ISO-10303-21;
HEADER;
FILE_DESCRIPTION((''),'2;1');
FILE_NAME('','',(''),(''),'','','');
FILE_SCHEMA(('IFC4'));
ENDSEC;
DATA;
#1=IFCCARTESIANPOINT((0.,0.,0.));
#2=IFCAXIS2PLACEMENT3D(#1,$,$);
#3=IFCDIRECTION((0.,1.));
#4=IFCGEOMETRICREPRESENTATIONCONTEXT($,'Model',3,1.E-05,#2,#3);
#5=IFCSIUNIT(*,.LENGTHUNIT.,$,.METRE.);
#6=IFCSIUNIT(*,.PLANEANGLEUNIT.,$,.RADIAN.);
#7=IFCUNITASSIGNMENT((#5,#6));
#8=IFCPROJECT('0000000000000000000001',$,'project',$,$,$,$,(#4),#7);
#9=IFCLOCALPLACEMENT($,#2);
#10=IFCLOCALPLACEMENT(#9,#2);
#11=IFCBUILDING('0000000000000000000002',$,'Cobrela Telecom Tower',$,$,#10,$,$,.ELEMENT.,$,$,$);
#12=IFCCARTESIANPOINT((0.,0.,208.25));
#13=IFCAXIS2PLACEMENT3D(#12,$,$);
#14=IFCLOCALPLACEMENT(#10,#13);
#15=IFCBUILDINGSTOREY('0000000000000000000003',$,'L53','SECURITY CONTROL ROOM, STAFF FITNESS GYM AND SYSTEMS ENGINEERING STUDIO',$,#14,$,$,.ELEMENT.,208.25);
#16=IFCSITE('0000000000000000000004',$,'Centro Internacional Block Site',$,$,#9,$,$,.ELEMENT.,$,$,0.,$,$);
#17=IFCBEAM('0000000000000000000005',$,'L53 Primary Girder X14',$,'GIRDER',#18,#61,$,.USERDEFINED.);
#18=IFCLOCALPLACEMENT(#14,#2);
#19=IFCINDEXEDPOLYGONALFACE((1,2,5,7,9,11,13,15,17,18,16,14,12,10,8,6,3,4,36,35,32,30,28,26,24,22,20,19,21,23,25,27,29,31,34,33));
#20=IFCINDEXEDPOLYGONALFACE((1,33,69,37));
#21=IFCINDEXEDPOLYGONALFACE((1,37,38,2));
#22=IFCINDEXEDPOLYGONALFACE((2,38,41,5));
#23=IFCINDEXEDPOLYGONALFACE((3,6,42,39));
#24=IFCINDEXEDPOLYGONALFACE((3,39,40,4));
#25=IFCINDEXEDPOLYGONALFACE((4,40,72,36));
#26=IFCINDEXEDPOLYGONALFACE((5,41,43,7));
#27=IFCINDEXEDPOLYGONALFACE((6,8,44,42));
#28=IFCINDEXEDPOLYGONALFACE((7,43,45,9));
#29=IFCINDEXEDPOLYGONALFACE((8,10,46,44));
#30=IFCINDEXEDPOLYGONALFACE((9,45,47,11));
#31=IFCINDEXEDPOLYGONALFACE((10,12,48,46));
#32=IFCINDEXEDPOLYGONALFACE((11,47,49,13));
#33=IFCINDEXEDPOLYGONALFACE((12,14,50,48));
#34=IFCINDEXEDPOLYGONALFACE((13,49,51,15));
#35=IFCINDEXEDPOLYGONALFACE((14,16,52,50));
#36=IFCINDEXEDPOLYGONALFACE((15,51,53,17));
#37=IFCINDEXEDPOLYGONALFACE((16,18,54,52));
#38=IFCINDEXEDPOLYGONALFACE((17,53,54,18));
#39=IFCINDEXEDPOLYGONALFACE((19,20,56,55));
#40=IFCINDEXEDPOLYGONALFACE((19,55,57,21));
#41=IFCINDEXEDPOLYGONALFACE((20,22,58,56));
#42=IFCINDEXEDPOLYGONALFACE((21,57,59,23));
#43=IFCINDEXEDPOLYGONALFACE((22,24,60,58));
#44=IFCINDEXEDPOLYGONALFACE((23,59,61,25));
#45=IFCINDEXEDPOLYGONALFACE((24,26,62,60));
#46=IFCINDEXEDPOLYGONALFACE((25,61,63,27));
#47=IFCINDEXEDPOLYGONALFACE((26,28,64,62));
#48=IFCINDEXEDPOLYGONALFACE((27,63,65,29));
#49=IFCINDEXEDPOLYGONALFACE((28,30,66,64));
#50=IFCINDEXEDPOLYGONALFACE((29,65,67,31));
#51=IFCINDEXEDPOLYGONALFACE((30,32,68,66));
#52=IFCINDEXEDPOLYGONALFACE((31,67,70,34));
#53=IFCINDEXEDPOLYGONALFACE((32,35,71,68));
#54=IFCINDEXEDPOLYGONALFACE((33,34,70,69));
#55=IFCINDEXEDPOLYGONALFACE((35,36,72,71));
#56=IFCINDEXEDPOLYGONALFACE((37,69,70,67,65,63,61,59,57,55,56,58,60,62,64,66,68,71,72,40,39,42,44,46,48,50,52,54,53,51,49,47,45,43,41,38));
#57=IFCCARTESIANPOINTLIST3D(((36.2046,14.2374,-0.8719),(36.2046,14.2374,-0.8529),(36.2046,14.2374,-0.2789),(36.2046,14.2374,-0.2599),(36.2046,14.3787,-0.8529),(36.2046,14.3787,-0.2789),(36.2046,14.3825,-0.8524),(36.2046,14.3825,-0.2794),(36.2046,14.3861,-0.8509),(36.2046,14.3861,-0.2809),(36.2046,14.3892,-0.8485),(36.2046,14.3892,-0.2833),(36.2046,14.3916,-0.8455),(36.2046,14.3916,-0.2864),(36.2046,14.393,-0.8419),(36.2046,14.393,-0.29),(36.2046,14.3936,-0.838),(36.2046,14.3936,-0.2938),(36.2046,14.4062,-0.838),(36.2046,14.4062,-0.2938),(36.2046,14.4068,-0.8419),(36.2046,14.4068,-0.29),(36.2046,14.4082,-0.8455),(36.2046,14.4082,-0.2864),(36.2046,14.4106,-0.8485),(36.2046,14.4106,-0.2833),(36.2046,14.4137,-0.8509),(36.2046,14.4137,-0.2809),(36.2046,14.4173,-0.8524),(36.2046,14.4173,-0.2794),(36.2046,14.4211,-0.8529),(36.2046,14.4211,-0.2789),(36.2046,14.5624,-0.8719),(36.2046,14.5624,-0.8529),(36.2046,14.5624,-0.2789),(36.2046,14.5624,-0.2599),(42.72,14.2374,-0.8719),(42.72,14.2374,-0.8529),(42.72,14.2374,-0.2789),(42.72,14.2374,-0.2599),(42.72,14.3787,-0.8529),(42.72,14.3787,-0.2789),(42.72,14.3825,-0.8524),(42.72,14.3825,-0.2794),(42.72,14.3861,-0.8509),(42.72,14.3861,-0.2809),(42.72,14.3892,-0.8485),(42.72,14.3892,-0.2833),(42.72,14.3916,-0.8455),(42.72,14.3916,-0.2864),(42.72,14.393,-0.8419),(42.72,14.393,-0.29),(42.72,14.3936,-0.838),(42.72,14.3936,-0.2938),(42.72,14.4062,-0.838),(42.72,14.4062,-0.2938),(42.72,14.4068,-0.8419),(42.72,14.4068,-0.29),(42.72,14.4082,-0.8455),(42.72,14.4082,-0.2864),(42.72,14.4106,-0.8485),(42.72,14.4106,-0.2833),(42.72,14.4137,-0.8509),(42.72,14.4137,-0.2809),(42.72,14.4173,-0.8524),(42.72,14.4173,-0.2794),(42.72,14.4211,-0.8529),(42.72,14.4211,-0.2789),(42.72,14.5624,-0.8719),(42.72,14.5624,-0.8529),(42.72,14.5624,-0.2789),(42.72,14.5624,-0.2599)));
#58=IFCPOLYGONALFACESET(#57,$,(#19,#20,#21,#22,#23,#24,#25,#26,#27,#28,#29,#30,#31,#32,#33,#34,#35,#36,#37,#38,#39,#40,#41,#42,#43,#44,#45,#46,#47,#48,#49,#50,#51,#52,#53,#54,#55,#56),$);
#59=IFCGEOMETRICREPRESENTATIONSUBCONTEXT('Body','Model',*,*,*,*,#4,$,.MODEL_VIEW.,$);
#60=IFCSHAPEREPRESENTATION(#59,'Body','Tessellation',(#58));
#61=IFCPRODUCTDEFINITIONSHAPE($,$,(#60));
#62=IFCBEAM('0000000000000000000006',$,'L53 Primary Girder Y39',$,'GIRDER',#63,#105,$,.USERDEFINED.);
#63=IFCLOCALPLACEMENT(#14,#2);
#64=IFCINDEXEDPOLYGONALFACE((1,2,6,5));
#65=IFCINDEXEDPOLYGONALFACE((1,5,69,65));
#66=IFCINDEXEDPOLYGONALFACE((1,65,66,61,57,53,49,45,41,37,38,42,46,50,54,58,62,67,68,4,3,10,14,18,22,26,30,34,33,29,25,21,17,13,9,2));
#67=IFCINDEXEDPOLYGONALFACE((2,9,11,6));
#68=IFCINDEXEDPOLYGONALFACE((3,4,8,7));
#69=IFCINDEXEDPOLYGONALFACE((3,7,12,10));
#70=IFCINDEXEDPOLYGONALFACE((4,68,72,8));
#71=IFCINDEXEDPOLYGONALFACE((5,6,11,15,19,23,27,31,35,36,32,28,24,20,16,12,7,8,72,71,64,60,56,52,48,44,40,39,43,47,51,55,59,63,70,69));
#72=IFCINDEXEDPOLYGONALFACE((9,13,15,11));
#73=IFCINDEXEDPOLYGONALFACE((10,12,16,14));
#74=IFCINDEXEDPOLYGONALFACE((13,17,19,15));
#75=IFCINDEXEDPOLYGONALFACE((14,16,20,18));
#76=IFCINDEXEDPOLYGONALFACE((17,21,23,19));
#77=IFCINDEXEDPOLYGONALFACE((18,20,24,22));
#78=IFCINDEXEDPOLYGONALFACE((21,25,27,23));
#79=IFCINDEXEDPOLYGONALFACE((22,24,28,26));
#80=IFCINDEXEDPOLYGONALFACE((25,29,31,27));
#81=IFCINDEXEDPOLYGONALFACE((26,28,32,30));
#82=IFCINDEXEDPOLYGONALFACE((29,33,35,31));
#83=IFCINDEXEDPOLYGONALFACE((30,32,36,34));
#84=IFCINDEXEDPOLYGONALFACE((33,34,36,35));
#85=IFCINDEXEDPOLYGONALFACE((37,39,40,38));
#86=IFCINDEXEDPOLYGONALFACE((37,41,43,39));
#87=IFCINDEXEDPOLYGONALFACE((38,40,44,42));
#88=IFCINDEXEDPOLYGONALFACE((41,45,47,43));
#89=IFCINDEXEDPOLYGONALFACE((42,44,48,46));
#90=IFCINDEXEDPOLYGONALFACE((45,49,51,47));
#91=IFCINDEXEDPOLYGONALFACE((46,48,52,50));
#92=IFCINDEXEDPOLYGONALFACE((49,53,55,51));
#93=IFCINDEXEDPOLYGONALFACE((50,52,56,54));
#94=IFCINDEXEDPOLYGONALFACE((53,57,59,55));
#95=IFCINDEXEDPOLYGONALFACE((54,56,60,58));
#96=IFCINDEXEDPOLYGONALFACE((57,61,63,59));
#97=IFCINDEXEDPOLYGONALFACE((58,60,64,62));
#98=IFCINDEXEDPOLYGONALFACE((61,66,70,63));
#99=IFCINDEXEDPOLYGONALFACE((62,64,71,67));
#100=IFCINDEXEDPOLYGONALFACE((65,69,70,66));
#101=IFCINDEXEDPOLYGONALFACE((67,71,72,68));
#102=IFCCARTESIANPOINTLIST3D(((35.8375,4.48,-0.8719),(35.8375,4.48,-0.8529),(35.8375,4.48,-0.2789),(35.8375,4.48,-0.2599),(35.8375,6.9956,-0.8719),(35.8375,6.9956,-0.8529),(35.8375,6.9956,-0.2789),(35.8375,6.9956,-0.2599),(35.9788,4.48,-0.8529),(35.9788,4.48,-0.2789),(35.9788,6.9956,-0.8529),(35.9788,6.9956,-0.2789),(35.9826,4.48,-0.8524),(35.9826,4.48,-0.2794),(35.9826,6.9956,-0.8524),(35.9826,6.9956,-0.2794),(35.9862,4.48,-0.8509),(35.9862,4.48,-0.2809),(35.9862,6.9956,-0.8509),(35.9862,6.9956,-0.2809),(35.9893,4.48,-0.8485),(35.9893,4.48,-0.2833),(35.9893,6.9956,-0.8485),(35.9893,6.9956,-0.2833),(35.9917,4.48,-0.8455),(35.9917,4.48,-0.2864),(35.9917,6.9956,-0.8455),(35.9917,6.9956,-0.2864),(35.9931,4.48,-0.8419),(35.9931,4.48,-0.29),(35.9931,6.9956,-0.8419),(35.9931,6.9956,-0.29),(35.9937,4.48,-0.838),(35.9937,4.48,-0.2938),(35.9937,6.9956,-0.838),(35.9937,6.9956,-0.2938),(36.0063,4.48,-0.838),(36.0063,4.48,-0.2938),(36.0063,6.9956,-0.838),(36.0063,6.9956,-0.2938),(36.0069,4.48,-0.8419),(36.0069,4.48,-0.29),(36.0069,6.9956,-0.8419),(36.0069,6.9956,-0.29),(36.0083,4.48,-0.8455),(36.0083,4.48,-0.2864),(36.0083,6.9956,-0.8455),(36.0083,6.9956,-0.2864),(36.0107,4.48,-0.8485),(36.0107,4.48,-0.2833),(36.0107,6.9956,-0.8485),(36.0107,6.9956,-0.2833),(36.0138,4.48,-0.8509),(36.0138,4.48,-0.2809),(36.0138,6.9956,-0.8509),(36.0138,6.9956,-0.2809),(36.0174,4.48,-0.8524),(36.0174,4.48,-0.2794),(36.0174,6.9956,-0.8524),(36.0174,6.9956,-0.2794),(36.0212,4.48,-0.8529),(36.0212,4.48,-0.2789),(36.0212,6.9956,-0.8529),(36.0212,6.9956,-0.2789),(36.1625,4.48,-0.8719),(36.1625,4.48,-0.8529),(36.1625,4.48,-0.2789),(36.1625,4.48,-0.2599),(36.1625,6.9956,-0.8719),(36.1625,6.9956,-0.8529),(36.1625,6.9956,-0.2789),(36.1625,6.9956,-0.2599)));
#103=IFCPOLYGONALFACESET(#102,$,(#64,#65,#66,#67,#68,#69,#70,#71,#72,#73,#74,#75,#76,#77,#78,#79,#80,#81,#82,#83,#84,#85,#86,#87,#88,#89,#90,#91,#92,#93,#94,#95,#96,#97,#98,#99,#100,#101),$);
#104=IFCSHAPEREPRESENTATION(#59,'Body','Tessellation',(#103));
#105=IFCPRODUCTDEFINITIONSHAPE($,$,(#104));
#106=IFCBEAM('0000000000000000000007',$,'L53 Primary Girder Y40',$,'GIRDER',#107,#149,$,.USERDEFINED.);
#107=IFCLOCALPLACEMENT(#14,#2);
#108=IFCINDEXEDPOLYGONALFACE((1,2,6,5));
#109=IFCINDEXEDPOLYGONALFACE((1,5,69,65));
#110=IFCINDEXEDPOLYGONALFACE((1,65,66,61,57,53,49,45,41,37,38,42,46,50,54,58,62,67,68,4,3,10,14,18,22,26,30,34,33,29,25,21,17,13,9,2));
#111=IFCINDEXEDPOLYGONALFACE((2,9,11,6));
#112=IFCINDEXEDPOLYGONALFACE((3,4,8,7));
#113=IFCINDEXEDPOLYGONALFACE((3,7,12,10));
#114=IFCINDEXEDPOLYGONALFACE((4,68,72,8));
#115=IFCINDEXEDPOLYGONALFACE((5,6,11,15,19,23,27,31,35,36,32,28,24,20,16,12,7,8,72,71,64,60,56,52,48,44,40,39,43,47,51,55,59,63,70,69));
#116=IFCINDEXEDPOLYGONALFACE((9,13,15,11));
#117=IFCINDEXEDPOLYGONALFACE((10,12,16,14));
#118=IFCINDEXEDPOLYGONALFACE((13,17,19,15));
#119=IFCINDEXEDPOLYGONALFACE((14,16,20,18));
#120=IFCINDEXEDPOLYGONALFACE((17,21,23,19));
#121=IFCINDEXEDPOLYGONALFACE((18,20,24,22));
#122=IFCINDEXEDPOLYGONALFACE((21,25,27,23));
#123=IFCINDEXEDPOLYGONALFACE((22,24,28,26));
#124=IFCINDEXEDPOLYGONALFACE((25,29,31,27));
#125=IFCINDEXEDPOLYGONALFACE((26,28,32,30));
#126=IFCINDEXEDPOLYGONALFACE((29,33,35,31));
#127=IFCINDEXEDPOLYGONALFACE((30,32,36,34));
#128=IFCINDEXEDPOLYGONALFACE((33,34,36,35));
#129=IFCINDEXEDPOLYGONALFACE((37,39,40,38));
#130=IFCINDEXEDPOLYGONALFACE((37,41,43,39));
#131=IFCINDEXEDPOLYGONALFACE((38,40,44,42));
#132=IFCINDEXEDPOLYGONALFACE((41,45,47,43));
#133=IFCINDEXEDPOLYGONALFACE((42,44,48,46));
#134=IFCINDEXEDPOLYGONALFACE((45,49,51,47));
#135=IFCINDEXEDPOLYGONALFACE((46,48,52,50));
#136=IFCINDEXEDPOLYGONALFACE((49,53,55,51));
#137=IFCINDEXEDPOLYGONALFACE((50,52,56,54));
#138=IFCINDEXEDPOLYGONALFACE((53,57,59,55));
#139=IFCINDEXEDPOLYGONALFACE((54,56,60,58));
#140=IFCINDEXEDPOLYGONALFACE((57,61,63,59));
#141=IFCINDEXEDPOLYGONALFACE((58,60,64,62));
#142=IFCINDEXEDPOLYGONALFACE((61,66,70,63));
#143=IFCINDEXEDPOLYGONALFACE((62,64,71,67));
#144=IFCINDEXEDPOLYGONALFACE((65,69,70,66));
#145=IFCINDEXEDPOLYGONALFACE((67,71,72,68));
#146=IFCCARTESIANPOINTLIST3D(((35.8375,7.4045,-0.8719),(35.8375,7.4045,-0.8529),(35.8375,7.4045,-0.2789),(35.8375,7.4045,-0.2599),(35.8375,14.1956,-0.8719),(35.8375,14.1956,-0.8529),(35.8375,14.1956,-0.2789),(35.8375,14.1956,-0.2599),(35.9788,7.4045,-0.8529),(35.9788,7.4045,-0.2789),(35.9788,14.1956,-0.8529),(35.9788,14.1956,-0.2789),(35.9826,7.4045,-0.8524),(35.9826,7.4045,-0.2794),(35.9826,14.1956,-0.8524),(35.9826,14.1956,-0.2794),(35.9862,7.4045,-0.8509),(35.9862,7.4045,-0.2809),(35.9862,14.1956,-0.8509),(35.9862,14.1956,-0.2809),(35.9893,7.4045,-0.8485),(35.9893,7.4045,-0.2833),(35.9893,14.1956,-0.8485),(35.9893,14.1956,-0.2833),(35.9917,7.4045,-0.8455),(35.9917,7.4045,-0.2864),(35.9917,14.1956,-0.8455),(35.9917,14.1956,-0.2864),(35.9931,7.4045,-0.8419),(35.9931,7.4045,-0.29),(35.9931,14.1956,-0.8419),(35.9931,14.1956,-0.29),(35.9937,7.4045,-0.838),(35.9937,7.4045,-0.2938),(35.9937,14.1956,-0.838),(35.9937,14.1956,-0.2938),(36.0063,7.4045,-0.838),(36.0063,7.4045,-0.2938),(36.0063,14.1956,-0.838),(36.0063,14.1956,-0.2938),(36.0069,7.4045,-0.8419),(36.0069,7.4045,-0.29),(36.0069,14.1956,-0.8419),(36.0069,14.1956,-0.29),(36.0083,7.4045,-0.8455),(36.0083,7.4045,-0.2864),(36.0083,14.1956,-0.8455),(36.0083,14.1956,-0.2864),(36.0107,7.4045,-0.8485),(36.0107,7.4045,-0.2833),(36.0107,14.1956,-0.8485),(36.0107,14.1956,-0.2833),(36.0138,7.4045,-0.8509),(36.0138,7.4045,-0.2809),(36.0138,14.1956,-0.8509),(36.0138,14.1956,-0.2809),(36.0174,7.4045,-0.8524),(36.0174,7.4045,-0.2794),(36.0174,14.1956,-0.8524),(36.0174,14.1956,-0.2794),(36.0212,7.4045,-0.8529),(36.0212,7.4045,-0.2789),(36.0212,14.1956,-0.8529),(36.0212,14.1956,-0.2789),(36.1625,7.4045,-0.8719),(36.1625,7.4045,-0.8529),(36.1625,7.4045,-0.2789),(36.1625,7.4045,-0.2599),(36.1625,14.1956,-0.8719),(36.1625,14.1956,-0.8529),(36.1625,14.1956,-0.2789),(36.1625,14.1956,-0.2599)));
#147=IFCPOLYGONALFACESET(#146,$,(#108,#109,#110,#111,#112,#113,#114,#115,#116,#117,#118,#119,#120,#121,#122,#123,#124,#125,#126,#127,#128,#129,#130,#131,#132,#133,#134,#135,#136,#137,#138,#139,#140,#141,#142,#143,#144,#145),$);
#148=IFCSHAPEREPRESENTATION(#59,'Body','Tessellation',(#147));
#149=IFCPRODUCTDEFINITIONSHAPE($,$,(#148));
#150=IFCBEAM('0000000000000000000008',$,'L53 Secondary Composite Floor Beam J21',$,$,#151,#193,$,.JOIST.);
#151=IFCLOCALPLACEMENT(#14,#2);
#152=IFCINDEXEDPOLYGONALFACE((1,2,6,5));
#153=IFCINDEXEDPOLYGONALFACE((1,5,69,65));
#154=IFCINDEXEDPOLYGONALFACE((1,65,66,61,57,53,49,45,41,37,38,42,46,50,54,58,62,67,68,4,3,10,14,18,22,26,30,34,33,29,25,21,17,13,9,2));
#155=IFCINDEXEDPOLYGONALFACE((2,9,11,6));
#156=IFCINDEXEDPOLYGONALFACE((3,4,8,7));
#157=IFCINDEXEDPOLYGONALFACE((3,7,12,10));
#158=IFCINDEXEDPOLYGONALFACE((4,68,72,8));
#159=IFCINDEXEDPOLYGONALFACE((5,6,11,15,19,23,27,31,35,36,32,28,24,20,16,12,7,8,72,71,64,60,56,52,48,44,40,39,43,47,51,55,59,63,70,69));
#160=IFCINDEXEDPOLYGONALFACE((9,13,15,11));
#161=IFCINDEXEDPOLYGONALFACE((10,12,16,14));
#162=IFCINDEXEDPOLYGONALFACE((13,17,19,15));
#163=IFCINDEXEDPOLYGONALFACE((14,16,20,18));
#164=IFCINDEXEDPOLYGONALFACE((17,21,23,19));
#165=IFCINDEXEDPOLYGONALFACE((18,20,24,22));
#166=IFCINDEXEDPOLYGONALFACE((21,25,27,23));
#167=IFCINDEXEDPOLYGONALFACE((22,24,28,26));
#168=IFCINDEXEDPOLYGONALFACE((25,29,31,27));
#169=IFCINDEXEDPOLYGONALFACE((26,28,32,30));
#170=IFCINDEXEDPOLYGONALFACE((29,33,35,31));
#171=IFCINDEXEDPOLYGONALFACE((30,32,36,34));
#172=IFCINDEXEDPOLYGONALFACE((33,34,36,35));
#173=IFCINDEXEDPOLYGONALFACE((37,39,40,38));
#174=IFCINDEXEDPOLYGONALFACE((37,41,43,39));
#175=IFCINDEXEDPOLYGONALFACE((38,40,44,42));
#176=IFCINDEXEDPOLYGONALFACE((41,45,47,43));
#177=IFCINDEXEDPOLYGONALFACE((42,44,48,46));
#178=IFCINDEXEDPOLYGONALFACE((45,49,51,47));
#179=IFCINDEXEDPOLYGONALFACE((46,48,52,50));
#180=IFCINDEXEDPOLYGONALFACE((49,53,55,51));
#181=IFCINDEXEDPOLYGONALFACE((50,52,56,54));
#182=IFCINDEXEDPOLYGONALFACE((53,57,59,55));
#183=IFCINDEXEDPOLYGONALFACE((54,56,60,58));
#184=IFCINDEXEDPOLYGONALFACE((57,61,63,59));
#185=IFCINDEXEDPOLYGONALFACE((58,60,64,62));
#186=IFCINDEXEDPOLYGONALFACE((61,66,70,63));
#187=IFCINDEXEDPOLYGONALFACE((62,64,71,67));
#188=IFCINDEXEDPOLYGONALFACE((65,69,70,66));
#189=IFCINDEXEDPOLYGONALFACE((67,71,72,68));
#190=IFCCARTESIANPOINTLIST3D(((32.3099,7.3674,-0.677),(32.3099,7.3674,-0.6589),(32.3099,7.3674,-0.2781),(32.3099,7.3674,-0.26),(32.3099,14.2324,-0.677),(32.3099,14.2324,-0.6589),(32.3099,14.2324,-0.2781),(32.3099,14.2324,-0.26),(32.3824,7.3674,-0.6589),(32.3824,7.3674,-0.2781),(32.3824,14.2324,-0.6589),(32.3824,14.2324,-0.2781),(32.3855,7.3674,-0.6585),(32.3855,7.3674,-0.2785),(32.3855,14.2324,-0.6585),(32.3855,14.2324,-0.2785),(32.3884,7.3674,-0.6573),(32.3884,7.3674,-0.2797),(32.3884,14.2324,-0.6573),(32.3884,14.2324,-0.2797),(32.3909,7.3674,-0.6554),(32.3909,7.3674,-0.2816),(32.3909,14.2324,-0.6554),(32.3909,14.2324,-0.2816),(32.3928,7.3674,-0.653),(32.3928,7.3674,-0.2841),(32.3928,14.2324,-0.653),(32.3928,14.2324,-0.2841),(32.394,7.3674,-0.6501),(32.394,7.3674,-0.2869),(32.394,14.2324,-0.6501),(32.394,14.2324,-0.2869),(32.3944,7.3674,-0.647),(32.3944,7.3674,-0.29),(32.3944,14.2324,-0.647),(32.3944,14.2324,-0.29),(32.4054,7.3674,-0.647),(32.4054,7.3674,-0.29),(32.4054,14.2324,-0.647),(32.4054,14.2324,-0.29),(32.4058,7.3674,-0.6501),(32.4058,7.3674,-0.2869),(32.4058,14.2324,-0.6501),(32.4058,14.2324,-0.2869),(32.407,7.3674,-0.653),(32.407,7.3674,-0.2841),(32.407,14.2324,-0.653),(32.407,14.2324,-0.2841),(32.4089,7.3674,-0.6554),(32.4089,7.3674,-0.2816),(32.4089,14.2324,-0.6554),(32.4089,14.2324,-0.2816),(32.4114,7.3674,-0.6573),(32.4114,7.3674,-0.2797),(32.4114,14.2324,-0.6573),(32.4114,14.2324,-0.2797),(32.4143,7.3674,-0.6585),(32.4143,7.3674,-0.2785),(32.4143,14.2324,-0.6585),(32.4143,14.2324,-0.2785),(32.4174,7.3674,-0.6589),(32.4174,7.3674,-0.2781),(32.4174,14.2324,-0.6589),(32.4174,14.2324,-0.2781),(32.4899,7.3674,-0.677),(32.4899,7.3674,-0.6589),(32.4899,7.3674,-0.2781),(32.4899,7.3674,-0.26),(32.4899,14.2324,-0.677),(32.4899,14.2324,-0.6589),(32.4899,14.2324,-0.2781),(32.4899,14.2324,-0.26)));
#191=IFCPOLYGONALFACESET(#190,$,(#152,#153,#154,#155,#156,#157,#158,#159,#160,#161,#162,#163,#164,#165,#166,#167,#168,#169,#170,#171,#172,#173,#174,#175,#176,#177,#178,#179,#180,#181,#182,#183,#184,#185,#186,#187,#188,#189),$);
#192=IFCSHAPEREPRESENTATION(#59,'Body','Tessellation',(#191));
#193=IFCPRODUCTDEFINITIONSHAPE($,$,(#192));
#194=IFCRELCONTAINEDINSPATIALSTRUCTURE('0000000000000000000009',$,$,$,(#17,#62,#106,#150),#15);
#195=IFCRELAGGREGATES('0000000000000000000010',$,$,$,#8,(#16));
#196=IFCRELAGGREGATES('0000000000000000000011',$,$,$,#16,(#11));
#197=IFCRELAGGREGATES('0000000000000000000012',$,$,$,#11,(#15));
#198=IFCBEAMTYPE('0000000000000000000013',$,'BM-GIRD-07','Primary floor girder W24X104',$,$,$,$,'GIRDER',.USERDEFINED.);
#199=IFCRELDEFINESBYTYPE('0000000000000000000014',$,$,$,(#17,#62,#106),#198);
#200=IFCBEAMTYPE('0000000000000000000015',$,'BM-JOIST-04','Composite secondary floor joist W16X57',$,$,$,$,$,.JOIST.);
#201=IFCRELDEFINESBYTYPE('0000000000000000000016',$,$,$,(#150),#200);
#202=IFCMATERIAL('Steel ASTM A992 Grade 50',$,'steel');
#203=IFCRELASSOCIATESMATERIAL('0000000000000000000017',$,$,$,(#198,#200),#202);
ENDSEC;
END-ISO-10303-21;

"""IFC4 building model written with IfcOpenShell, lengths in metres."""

from ifc_helpers import new_model, si_unit, direction, frame, origin, origin_2d, place, context, subcontext, project, spatial, i_section, extrude, material, material_profile, profile_set, type_object, element, save


model = new_model("IFC4")

# Units and contexts
model_context = context("Model", 3, precision=1e-05, world=origin(), true_north=direction((0.0, 1.0)))
body_context = subcontext(model_context, "Body", "Model", "MODEL_VIEW")
ifc_project = project(units=[si_unit("LENGTHUNIT", "METRE"), si_unit("PLANEANGLEUNIT", "RADIAN")], contexts=[model_context])

# Site, building, storey
site_placement = place(None, origin())
site = spatial("IfcSite", under=ifc_project, at=site_placement, Name="Centro Internacional Block Site", CompositionType="ELEMENT", RefElevation=0.0)
building_placement = place(site_placement, origin())
building = spatial("IfcBuilding", under=site, at=building_placement, Name="Cobrela Telecom Tower", CompositionType="ELEMENT")
storey_placement = place(building_placement, frame((0.0, 0.0, 208.25)))
storey = spatial("IfcBuildingStorey", under=building, at=storey_placement, Name="L53", Description="SECURITY CONTROL ROOM, STAFF FITNESS GYM AND SYSTEMS ENGINEERING STUDIO", CompositionType="ELEMENT", Elevation=208.25)

# Shared definitions
ifc_material_1 = material(Name="Steel ASTM A992 Grade 50", Category="steel")

# Beams
ifc_material_profile_1 = material_profile(ifc_material_1, i_section(OverallWidth=0.325, OverallDepth=0.6121, WebThickness=0.0127, FlangeThickness=0.019, FilletRadius=0.0149, at=origin_2d()), Name="W24X104")
ifc_profile_set_1 = profile_set([ifc_material_profile_1], Name="Steel ASTM A992 Grade 50")
beam_type_1 = type_object("IfcBeamType", Name="BM-GIRD-07", Description="Primary floor girder W24X104", ElementType="GIRDER", PredefinedType="USERDEFINED", material=ifc_profile_set_1)
for number, where, z_axis, x_axis, name in (
    (1, (36.2046, 14.3999, -0.5659), (1.0, 0.0, 0.0), (0.0, 1.0, 0.0), "L53 Primary Girder X14"),
):
    element("IfcBeam", number, at=place(storey_placement, frame(where, z_axis=z_axis, x_axis=x_axis)), inside=storey, type_object=beam_type_1, Name=name, ObjectType="GIRDER", PredefinedType="USERDEFINED", context=body_context, shape_type="SweptSolid", body=[
        extrude(i_section(OverallWidth=0.325, OverallDepth=0.6121, WebThickness=0.0127, FlangeThickness=0.019, FilletRadius=0.0149, at=origin_2d()), origin(), (0.0, 0.0, 1.0), 6.5154),
    ])
beam_1_placement = place(storey_placement, frame((36.0, 4.48, -0.5659), z_axis=(0.0, 1.0, 0.0), x_axis=(-1.0, 0.0, 0.0)))
element("IfcBeam", 2, at=beam_1_placement, inside=storey, type_object=beam_type_1, Name="L53 Primary Girder Y39", ObjectType="GIRDER", PredefinedType="USERDEFINED", context=body_context, shape_type="SweptSolid", body=[
    extrude(i_section(OverallWidth=0.325, OverallDepth=0.6121, WebThickness=0.0127, FlangeThickness=0.019, FilletRadius=0.0149, at=origin_2d()), origin(), (0.0, 0.0, 1.0), 2.5156),
])
beam_2_placement = place(storey_placement, frame((36.0, 7.4045, -0.5659), z_axis=(0.0, 1.0, 0.0), x_axis=(-1.0, 0.0, 0.0)))
element("IfcBeam", 3, at=beam_2_placement, inside=storey, type_object=beam_type_1, Name="L53 Primary Girder Y40", ObjectType="GIRDER", PredefinedType="USERDEFINED", context=body_context, shape_type="SweptSolid", body=[
    extrude(i_section(OverallWidth=0.325, OverallDepth=0.6121, WebThickness=0.0127, FlangeThickness=0.019, FilletRadius=0.0149, at=origin_2d()), origin(), (0.0, 0.0, 1.0), 6.791),
])
ifc_material_profile_2 = material_profile(ifc_material_1, i_section(OverallWidth=0.1799, OverallDepth=0.417, WebThickness=0.011, FlangeThickness=0.0181, FilletRadius=0.012, at=origin_2d()), Name="W16X57")
ifc_profile_set_2 = profile_set([ifc_material_profile_2], Name="Steel ASTM A992 Grade 50")
beam_type_2 = type_object("IfcBeamType", Name="BM-JOIST-04", Description="Composite secondary floor joist W16X57", PredefinedType="JOIST", material=ifc_profile_set_2)
for number, where, z_axis, x_axis, name in (
    (4, (32.3999, 7.3674, -0.4685), (0.0, 1.0, 0.0), (-1.0, 0.0, 0.0), "L53 Secondary Composite Floor Beam J21"),
):
    element("IfcBeam", number, at=place(storey_placement, frame(where, z_axis=z_axis, x_axis=x_axis)), inside=storey, type_object=beam_type_2, Name=name, PredefinedType="JOIST", context=body_context, shape_type="SweptSolid", body=[
        extrude(i_section(OverallWidth=0.1799, OverallDepth=0.417, WebThickness=0.011, FlangeThickness=0.0181, FilletRadius=0.012, at=origin_2d()), origin(), (0.0, 0.0, 1.0), 6.865),
    ])

save(model, "model.ifc")
